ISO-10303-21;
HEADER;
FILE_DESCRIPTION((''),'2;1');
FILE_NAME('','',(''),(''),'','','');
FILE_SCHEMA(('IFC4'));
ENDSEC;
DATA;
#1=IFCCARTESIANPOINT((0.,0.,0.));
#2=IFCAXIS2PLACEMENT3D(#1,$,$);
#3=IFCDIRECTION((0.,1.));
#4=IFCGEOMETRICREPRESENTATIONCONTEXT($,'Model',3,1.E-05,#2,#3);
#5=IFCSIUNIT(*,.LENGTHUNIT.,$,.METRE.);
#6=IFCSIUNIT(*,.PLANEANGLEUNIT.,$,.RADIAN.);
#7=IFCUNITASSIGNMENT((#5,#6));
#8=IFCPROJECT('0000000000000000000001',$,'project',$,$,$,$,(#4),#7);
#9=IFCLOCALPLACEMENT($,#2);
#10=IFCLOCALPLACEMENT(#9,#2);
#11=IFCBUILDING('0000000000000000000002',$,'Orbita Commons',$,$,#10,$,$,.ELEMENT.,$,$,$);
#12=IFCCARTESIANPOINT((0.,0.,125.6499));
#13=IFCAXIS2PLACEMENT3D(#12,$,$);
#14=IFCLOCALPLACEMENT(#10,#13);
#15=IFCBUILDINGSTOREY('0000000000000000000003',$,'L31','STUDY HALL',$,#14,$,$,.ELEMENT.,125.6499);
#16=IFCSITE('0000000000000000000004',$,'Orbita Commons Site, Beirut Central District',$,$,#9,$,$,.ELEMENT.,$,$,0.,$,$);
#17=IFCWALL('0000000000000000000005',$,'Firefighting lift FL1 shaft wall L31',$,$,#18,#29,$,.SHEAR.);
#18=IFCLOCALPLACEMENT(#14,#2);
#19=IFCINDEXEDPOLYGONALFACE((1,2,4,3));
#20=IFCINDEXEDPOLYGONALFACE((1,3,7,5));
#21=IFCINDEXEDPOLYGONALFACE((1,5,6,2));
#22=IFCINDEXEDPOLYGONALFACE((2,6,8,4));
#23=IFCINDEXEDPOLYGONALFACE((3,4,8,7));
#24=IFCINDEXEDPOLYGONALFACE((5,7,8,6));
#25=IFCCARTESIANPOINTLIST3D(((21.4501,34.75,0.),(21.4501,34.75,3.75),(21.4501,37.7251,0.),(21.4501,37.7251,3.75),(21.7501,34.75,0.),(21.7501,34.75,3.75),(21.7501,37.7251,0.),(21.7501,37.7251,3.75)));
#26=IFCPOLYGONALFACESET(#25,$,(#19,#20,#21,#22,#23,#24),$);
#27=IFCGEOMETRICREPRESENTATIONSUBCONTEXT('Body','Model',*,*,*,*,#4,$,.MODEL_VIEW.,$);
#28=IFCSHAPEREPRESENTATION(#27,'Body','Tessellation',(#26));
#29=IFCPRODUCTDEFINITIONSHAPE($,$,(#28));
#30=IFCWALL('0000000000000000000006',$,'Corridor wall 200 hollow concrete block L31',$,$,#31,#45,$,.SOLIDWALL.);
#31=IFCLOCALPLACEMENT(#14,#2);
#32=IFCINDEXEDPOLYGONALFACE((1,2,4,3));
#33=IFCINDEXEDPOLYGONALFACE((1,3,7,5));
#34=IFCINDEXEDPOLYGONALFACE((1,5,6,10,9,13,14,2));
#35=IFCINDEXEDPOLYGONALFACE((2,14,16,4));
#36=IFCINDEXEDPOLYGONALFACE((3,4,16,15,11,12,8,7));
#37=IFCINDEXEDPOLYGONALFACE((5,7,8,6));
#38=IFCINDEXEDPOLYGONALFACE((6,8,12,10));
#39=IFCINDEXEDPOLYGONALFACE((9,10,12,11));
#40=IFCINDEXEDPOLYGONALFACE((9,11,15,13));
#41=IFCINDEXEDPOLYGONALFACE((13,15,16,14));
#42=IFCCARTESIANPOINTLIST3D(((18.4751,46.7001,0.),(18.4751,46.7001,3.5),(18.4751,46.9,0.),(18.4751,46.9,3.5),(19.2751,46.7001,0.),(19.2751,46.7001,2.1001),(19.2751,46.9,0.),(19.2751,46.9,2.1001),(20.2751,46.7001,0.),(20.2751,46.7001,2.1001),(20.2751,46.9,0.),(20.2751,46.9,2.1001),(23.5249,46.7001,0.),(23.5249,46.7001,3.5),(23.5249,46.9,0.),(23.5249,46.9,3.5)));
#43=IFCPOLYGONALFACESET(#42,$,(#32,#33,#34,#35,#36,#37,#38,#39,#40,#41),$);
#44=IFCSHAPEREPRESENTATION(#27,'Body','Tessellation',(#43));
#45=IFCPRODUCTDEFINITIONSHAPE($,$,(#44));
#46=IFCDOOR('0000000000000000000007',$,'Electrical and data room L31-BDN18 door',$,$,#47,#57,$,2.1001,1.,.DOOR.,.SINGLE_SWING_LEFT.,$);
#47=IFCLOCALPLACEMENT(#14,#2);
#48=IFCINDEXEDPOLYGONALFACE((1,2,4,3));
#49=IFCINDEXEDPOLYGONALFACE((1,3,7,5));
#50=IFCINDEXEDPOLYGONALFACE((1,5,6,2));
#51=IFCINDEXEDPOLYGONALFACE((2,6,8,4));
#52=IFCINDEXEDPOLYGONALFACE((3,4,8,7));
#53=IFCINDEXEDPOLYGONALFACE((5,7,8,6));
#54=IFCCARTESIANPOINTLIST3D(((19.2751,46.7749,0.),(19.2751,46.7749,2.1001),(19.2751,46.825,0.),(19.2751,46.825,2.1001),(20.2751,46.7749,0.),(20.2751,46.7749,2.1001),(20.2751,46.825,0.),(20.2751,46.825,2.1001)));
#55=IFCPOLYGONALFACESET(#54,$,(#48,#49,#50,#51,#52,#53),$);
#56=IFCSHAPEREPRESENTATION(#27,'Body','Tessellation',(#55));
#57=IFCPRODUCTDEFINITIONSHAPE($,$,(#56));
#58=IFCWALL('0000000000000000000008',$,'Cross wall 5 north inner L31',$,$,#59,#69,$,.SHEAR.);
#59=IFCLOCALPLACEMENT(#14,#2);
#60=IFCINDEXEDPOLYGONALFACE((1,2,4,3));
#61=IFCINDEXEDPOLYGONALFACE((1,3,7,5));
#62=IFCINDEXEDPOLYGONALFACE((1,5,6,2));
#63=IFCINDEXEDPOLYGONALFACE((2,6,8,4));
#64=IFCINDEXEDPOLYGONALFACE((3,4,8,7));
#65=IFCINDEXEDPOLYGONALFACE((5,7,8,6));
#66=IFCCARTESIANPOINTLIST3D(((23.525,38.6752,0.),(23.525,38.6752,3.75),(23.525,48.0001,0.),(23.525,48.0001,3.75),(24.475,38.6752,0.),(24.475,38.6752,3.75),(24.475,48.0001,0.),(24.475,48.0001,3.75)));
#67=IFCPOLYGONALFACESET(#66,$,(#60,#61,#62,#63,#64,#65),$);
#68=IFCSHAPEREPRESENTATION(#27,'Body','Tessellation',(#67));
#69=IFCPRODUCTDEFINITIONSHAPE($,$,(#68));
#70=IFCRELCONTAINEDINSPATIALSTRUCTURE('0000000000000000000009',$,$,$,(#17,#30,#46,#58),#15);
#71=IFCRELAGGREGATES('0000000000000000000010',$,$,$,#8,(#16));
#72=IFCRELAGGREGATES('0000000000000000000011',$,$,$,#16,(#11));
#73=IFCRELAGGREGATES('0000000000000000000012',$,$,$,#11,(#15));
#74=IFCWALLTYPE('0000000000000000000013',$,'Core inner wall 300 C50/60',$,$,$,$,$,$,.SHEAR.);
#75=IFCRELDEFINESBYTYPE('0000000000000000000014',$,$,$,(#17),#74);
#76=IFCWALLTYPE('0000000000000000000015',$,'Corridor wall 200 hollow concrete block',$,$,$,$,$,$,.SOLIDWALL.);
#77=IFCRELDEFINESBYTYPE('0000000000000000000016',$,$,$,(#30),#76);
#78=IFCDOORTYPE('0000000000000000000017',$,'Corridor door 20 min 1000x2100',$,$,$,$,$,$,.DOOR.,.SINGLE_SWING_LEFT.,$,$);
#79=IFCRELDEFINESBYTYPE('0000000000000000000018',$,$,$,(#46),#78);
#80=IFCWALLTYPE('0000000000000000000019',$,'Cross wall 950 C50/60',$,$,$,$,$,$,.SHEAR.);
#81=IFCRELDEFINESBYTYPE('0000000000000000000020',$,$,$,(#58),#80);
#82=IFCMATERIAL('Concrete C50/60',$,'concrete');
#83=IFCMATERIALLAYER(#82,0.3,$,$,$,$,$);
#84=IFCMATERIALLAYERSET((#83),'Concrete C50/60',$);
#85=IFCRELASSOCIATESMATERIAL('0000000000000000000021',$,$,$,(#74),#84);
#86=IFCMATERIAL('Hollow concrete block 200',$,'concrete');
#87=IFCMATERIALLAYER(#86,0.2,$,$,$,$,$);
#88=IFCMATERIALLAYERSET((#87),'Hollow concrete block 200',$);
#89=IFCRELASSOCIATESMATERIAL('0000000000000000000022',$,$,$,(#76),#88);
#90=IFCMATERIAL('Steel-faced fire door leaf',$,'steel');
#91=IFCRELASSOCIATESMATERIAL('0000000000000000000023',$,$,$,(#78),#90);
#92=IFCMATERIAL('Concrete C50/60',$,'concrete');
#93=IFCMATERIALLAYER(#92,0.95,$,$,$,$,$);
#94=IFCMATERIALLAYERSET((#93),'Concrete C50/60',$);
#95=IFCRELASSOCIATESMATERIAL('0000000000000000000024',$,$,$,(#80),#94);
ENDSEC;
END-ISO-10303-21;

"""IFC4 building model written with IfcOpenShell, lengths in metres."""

from ifc_helpers import new_model, si_unit, direction, frame, frame_2d, origin, place, context, subcontext, project, spatial, rectangle, extrude, material, layer, layer_set, type_object, element, fill, save


model = new_model("IFC4")

# Units and contexts
model_context = context("Model", 3, precision=1e-05, world=origin(), true_north=direction((0.0, 1.0)))
body_context = subcontext(model_context, "Body", "Model", "MODEL_VIEW")
ifc_project = project(units=[si_unit("LENGTHUNIT", "METRE"), si_unit("PLANEANGLEUNIT", "RADIAN")], contexts=[model_context])

# Site, building, storey
site_placement = place(None, origin())
site = spatial("IfcSite", under=ifc_project, at=site_placement, Name="Orbita Commons Site, Beirut Central District", CompositionType="ELEMENT", RefElevation=0.0)
building_placement = place(site_placement, origin())
building = spatial("IfcBuilding", under=site, at=building_placement, Name="Orbita Commons", CompositionType="ELEMENT")
storey_placement = place(building_placement, frame((0.0, 0.0, 125.6499)))
storey = spatial("IfcBuildingStorey", under=building, at=storey_placement, Name="L31", Description="STUDY HALL", CompositionType="ELEMENT", Elevation=125.6499)

# Shared definitions
ifc_material_1 = material(Name="Concrete C50/60", Category="concrete")
ifc_layer_1 = layer(ifc_material_1, 0.3)
ifc_layer_set_1 = layer_set([ifc_layer_1], Name="Concrete C50/60")
wall_type_1 = type_object("IfcWallType", Name="Core inner wall 300 C50/60", PredefinedType="SHEAR", material=ifc_layer_set_1)

# Wall
wall_1_placement = place(storey_placement, frame((21.6001, 34.75, 0.0), z_axis=(0.0, 0.0, 1.0), x_axis=(0.0, 1.0, 0.0)))
element("IfcWall", 1, at=wall_1_placement, inside=storey, type_object=wall_type_1, Name="Firefighting lift FL1 shaft wall L31", PredefinedType="SHEAR", context=body_context, shape_type="SweptSolid", body=[
    extrude(rectangle(XDim=2.9751, YDim=0.3, at=frame_2d((1.4875, 0.0))), origin(), (0.0, 0.0, 1.0), 3.75),
])

# Wall, opening, door
ifc_material_2 = material(Name="Hollow concrete block 200", Category="concrete")
ifc_layer_2 = layer(ifc_material_2, 0.2)
ifc_layer_set_2 = layer_set([ifc_layer_2], Name="Hollow concrete block 200")
wall_type_2 = type_object("IfcWallType", Name="Corridor wall 200 hollow concrete block", PredefinedType="SOLIDWALL", material=ifc_layer_set_2)
wall_2_placement = place(storey_placement, frame((18.4751, 46.8, 0.0), z_axis=(0.0, 0.0, 1.0), x_axis=(1.0, 0.0, 0.0)))
wall_2 = element("IfcWall", 2, at=wall_2_placement, inside=storey, type_object=wall_type_2, Name="Corridor wall 200 hollow concrete block L31", PredefinedType="SOLIDWALL", context=body_context, shape_type="SweptSolid", body=[
    extrude(rectangle(XDim=5.0498, YDim=0.2, at=frame_2d((2.5249, 0.0))), origin(), (0.0, 0.0, 1.0), 3.5),
])
opening_1_placement = place(wall_2_placement, frame((0.8, 0.0, 0.0)))
opening_1 = element("IfcOpeningElement", 3, at=opening_1_placement, cuts=wall_2, PredefinedType="OPENING", context=body_context, shape_type="SweptSolid", body=[
    extrude(rectangle(XDim=1.0, YDim=2.1001, at=frame_2d((0.5, 1.05))), frame((0.0, 0.1099, 0.0), z_axis=(0.0, -1.0, 0.0), x_axis=(1.0, 0.0, 0.0)), (0.0, 0.0, 1.0), 0.22),
])
ifc_material_3 = material(Name="Steel-faced fire door leaf", Category="steel")
door_type_1 = type_object("IfcDoorType", Name="Corridor door 20 min 1000x2100", OperationType="SINGLE_SWING_LEFT", PredefinedType="DOOR", material=ifc_material_3)
door_1_placement = place(opening_1_placement, origin())
door_1 = element("IfcDoor", 4, at=door_1_placement, inside=storey, type_object=door_type_1, Name="Electrical and data room L31-BDN18 door", OperationType="SINGLE_SWING_LEFT", OverallHeight=2.1001, OverallWidth=1.0, PredefinedType="DOOR", context=body_context, shape_type="SweptSolid", body=[
    extrude(rectangle(XDim=1.0, YDim=2.1001, at=frame_2d((0.5, 1.05))), frame((0.0, 0.0249, 0.0), z_axis=(0.0, -1.0, 0.0), x_axis=(1.0, 0.0, 0.0)), (0.0, 0.0, 1.0), 0.05),
])
fill(opening_1, door_1)

# Wall
ifc_material_4 = material(Name="Concrete C50/60", Category="concrete")
ifc_layer_3 = layer(ifc_material_4, 0.95)
ifc_layer_set_3 = layer_set([ifc_layer_3], Name="Concrete C50/60")
wall_type_3 = type_object("IfcWallType", Name="Cross wall 950 C50/60", PredefinedType="SHEAR", material=ifc_layer_set_3)
wall_3_placement = place(storey_placement, frame((24.0, 38.675, 0.0), z_axis=(0.0, 0.0, 1.0), x_axis=(0.0, 1.0, 0.0)))
element("IfcWall", 5, at=wall_3_placement, inside=storey, type_object=wall_type_3, Name="Cross wall 5 north inner L31", PredefinedType="SHEAR", context=body_context, shape_type="SweptSolid", body=[
    extrude(rectangle(XDim=9.325, YDim=0.95, at=frame_2d((4.6626, 0.0))), origin(), (0.0, 0.0, 1.0), 3.75),
])

save(model, "model.ifc")
